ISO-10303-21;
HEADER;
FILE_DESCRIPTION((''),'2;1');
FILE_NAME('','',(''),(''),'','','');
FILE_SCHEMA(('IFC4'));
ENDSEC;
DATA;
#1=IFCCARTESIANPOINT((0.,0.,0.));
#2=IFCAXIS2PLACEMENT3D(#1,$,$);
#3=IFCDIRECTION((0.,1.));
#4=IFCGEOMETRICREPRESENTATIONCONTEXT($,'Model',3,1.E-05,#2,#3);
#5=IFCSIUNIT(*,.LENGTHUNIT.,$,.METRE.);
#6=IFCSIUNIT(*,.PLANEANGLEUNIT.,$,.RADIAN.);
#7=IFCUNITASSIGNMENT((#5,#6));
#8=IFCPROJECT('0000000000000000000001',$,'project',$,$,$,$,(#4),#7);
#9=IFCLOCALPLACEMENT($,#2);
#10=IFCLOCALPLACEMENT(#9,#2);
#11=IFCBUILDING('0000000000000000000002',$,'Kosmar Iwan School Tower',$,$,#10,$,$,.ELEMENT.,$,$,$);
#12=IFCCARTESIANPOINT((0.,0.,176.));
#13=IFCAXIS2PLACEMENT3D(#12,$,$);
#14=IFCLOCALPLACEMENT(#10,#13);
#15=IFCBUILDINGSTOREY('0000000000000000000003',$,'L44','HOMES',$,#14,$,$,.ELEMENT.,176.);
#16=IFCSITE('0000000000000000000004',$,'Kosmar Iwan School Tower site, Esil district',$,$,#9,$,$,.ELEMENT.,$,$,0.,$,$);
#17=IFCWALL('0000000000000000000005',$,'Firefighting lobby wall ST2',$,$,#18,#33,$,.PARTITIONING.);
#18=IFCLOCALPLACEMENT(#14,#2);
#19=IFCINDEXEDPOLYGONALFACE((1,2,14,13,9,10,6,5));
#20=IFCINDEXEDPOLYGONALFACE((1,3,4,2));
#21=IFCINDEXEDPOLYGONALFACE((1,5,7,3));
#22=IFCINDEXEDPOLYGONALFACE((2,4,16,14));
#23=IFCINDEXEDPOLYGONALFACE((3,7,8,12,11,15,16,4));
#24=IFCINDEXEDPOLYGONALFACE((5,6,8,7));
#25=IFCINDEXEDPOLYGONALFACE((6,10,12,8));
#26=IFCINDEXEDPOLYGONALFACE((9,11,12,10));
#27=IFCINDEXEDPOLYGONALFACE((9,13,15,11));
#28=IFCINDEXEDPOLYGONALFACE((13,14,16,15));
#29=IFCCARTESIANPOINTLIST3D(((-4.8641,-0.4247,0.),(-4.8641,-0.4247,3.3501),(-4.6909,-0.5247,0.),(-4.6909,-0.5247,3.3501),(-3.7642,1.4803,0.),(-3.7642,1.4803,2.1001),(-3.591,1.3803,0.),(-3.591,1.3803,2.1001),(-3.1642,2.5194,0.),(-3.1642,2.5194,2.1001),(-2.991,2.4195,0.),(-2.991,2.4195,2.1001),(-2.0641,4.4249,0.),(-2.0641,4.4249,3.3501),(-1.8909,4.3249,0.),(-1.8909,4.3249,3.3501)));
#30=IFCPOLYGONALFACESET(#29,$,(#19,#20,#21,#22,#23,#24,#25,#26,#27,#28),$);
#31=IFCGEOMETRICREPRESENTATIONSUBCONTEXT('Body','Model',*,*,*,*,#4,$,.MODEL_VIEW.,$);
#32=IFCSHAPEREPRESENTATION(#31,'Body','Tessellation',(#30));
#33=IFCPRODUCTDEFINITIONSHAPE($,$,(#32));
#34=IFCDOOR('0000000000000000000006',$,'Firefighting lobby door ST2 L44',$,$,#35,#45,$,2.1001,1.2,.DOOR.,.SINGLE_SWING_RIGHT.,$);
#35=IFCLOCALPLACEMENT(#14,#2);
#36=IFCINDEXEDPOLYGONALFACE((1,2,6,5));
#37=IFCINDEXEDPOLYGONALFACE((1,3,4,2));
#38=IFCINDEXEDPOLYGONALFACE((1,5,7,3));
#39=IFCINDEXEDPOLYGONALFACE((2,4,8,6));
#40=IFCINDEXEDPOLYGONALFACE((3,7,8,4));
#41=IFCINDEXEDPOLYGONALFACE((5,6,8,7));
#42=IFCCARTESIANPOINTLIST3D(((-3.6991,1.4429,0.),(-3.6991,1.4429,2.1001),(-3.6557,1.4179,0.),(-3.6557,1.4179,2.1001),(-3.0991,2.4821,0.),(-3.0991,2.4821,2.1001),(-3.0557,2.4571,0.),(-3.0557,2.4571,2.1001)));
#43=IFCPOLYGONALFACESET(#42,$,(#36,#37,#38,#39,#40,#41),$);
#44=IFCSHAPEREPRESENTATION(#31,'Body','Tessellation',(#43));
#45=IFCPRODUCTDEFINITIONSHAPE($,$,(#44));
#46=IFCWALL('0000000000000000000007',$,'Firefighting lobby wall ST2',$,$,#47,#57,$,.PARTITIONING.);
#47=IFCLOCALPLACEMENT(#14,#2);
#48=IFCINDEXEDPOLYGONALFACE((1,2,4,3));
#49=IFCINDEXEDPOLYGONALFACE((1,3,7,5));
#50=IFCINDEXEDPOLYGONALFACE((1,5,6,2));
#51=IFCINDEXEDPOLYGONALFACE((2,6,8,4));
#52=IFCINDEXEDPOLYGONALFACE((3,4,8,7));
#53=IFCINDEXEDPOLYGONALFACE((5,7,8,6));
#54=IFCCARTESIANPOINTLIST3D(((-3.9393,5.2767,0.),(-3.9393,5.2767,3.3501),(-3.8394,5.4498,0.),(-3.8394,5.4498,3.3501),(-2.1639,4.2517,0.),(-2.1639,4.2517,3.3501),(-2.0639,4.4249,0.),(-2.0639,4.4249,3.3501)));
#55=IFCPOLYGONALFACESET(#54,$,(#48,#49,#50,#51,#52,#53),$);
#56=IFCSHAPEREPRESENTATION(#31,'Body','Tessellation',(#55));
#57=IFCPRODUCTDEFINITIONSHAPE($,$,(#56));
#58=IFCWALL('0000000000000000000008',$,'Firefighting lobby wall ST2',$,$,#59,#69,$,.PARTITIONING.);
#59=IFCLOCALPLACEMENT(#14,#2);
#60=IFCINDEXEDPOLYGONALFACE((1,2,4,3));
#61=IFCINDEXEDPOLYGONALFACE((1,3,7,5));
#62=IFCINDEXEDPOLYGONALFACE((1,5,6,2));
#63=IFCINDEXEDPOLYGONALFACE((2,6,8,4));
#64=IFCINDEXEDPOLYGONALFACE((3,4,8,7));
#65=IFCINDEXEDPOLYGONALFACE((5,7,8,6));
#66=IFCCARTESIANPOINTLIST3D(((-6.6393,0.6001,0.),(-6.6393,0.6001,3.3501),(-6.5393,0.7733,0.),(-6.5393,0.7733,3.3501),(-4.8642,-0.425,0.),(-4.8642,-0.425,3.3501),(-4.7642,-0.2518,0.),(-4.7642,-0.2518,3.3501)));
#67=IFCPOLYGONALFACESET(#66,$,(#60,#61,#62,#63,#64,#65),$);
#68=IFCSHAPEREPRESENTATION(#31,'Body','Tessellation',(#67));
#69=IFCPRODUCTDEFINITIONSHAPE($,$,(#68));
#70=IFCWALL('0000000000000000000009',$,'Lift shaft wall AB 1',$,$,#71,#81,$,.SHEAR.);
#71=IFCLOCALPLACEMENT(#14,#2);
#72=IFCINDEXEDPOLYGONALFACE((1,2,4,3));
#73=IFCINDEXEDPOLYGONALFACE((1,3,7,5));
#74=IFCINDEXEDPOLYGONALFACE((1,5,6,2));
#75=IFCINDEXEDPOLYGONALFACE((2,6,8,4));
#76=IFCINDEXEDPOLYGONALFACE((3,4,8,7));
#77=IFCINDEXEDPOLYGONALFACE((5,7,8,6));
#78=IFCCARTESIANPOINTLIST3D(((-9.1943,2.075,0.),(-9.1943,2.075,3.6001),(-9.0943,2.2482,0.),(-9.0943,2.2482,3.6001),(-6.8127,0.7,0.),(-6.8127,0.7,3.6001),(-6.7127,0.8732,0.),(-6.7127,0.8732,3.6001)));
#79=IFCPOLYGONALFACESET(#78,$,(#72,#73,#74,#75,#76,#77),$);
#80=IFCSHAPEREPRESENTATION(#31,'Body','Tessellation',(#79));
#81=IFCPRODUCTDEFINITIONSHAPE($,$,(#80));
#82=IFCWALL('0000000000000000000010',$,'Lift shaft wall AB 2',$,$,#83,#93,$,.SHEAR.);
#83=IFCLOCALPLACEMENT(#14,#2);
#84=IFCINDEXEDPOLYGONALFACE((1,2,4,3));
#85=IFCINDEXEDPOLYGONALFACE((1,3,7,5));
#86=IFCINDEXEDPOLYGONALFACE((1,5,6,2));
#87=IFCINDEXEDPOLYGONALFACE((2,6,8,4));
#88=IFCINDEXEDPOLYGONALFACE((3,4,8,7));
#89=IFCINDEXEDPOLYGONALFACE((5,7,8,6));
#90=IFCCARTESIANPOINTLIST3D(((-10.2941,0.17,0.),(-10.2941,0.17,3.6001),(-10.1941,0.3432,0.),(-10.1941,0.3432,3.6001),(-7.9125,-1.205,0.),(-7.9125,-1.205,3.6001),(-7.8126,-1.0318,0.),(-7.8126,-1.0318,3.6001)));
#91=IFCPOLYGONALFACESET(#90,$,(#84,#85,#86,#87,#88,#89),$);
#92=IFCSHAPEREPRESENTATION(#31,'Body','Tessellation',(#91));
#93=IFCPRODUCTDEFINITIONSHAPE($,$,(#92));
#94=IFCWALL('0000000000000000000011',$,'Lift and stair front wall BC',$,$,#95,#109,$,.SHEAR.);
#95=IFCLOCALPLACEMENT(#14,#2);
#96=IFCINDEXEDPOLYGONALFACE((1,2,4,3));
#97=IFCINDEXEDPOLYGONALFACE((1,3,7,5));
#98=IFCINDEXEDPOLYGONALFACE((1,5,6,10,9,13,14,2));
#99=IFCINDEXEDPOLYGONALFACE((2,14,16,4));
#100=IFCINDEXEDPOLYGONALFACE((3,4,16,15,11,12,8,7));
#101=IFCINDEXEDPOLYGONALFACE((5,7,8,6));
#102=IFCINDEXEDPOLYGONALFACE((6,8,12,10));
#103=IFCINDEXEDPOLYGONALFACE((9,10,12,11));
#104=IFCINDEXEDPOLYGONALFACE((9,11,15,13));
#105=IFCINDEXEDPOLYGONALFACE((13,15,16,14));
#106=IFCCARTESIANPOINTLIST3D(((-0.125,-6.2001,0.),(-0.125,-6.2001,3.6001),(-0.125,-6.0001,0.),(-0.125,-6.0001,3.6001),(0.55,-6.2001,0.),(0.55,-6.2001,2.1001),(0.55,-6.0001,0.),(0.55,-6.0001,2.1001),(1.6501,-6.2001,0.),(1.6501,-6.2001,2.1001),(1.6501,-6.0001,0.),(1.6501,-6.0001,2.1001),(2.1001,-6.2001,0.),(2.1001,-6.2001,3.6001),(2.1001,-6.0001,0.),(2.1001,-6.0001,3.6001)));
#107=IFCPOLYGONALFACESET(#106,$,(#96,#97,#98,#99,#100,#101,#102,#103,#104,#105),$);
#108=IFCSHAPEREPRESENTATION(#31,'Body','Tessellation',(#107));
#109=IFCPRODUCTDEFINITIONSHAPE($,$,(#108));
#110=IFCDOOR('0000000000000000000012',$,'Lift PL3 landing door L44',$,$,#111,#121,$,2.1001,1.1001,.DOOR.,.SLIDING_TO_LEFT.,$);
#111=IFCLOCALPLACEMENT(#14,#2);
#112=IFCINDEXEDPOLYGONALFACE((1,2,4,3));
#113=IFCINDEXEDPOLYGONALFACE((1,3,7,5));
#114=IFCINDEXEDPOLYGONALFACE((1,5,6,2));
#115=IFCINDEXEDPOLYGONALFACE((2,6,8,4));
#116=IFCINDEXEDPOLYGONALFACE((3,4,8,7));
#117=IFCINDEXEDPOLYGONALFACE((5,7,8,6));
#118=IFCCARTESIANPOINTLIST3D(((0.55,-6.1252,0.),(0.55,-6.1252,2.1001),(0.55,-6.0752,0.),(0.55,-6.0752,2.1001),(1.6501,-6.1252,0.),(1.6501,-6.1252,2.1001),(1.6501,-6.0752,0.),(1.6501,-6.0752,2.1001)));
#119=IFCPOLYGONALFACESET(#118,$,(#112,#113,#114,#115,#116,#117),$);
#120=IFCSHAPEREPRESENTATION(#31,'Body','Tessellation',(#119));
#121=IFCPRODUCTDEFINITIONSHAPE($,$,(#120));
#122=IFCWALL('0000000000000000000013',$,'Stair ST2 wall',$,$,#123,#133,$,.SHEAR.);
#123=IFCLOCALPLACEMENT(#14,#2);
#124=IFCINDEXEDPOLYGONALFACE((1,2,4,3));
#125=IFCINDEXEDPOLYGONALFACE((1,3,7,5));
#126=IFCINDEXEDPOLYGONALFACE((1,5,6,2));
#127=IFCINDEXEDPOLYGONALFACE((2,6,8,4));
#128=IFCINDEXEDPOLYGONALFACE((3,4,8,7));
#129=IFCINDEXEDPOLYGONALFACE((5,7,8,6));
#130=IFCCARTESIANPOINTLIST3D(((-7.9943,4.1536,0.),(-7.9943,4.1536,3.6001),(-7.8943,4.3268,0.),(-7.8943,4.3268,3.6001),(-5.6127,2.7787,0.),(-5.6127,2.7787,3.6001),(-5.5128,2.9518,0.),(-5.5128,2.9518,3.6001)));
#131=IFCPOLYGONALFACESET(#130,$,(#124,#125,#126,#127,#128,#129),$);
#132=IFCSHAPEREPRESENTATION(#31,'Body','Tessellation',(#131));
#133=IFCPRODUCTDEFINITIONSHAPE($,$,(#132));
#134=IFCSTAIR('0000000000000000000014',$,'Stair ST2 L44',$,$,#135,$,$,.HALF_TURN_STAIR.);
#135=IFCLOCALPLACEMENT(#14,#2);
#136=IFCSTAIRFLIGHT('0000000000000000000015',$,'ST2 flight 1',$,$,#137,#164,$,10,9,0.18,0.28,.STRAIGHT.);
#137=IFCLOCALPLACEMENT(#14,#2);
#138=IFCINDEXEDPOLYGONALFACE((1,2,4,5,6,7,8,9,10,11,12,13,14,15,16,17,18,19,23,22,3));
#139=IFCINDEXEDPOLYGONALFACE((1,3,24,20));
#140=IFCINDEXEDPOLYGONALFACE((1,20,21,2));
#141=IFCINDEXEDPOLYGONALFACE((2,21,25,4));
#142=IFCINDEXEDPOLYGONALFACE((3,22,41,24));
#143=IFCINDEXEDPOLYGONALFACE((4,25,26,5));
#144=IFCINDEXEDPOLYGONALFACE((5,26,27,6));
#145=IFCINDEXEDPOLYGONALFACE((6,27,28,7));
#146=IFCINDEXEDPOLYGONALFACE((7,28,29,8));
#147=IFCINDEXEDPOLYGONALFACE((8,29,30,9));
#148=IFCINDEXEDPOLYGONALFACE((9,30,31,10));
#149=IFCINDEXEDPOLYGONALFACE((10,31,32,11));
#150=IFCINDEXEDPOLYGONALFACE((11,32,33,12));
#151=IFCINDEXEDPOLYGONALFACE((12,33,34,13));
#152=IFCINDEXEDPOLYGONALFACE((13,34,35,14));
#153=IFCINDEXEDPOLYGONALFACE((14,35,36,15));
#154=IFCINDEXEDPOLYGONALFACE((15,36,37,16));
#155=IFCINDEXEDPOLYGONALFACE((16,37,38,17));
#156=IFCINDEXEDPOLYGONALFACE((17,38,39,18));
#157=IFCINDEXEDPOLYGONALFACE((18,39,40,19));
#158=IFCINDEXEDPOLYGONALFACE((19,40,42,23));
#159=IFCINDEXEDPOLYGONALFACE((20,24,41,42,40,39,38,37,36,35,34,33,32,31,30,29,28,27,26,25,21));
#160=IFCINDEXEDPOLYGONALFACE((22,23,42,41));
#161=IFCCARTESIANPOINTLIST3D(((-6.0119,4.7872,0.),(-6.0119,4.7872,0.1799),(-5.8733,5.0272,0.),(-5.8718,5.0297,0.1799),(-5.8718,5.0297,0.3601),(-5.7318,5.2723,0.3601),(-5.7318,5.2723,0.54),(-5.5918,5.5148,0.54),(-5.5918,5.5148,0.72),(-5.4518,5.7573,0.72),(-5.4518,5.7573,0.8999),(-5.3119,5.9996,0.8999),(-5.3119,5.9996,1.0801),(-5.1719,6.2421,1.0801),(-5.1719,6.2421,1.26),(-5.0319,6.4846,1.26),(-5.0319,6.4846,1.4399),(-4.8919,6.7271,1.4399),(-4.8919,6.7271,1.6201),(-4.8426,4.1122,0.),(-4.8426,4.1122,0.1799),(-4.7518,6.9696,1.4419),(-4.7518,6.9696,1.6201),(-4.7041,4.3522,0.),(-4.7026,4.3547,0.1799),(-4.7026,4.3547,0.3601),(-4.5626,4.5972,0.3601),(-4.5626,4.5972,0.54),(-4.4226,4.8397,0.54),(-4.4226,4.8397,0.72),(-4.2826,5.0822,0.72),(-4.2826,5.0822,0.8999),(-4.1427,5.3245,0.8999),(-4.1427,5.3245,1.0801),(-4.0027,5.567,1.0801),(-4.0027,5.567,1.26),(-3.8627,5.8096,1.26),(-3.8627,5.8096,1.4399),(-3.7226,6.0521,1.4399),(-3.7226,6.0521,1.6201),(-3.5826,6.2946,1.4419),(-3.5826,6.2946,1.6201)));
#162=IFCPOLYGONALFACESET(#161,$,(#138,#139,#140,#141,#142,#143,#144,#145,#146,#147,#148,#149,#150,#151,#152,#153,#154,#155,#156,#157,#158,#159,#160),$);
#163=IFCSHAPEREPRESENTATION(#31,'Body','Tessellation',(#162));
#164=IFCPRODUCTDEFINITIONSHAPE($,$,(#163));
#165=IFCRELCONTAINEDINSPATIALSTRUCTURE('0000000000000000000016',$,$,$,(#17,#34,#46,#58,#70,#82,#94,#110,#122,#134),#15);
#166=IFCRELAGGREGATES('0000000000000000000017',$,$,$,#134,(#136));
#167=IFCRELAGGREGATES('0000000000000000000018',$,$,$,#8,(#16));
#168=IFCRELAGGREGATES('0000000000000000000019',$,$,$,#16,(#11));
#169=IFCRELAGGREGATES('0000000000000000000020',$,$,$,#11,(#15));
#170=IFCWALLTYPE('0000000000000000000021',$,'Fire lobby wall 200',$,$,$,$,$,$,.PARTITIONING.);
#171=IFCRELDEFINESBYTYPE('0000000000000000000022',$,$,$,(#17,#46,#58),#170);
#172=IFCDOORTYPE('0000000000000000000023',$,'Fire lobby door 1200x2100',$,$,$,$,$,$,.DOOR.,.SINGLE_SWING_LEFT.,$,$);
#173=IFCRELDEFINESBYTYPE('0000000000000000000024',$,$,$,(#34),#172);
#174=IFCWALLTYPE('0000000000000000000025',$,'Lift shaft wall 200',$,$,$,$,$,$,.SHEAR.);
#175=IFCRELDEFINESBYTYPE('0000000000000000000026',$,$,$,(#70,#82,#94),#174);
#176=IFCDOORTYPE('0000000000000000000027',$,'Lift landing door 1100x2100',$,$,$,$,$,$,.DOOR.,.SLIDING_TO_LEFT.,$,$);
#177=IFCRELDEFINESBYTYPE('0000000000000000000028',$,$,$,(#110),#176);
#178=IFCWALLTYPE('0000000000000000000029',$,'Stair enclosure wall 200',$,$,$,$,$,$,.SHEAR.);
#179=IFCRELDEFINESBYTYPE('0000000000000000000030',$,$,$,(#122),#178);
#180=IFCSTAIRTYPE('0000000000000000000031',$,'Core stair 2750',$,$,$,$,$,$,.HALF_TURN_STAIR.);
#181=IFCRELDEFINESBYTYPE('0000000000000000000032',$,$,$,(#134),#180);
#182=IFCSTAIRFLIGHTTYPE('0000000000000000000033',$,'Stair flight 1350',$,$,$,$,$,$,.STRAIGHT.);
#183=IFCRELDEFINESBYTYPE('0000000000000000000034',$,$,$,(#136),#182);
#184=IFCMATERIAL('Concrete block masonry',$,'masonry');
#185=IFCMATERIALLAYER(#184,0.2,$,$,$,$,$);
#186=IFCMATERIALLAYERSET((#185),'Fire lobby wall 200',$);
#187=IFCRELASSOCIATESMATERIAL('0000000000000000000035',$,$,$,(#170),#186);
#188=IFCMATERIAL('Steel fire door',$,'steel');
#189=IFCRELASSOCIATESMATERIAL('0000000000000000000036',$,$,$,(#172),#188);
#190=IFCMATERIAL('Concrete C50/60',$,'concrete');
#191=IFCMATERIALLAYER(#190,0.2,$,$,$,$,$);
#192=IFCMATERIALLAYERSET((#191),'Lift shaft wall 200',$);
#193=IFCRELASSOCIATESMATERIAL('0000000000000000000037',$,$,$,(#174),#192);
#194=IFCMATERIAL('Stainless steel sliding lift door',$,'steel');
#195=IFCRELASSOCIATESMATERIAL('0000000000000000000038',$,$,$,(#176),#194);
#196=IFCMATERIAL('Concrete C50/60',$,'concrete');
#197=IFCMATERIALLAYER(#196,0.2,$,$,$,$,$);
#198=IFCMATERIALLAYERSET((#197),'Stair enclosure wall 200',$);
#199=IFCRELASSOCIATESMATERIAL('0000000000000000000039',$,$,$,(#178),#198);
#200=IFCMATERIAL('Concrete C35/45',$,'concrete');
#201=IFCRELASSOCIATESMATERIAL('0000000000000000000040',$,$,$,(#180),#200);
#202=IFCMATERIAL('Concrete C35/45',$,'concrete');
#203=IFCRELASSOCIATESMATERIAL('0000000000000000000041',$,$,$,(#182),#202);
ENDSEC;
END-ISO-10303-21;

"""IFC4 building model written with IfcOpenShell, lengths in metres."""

from ifc_helpers import new_model, si_unit, direction, frame, frame_2d, origin, place, context, subcontext, project, spatial, polyline, rectangle, outline, extrude, material, layer, layer_set, type_object, element, fill, aggregate, save


model = new_model("IFC4")

# Units and contexts
model_context = context("Model", 3, precision=1e-05, world=origin(), true_north=direction((0.0, 1.0)))
body_context = subcontext(model_context, "Body", "Model", "MODEL_VIEW")
ifc_project = project(units=[si_unit("LENGTHUNIT", "METRE"), si_unit("PLANEANGLEUNIT", "RADIAN")], contexts=[model_context])

# Site, building, storey
site_placement = place(None, origin())
site = spatial("IfcSite", under=ifc_project, at=site_placement, Name="Kosmar Iwan School Tower site, Esil district", CompositionType="ELEMENT", RefElevation=0.0)
building_placement = place(site_placement, origin())
building = spatial("IfcBuilding", under=site, at=building_placement, Name="Kosmar Iwan School Tower", CompositionType="ELEMENT")
storey_placement = place(building_placement, frame((0.0, 0.0, 176.0)))
storey = spatial("IfcBuildingStorey", under=building, at=storey_placement, Name="L44", Description="HOMES", CompositionType="ELEMENT", Elevation=176.0)

# Wall, opening, door
ifc_material_1 = material(Name="Concrete block masonry", Category="masonry")
ifc_layer_1 = layer(ifc_material_1, 0.2)
ifc_layer_set_1 = layer_set([ifc_layer_1], Name="Fire lobby wall 200")
wall_type_1 = type_object("IfcWallType", Name="Fire lobby wall 200", PredefinedType="PARTITIONING", material=ifc_layer_set_1)
wall_1_placement = place(storey_placement, frame((-1.9775, 4.3748, 0.0), z_axis=(0.0, 0.0, 1.0), x_axis=(-0.500017, -0.866016, 0.0)))
wall_1 = element("IfcWall", 1, at=wall_1_placement, inside=storey, type_object=wall_type_1, Name="Firefighting lobby wall ST2", PredefinedType="PARTITIONING", context=body_context, shape_type="SweptSolid", body=[
    extrude(rectangle(XDim=5.5999, YDim=0.2, at=frame_2d((2.7998, 0.0))), origin(), (0.0, 0.0, 1.0), 3.3501),
])
opening_1_placement = place(wall_1_placement, frame((2.2, 0.0, 0.0)))
opening_1 = element("IfcOpeningElement", 2, at=opening_1_placement, cuts=wall_1, PredefinedType="OPENING", context=body_context, shape_type="SweptSolid", body=[
    extrude(rectangle(XDim=1.2, YDim=2.1001, at=frame_2d((0.6001, 1.05))), frame((0.0, 0.1121, 0.0), z_axis=(0.0, -1.0, 0.0), x_axis=(1.0, 0.0, 0.0)), (0.0, 0.0, 1.0), 0.2239),
])
ifc_material_2 = material(Name="Steel fire door", Category="steel")
door_type_1 = type_object("IfcDoorType", Name="Fire lobby door 1200x2100", OperationType="SINGLE_SWING_LEFT", PredefinedType="DOOR", material=ifc_material_2)
door_1_placement = place(opening_1_placement, frame((1.2, 0.0, 0.0), z_axis=(0.0, 0.0, 1.0), x_axis=(-1.0, 0.0, 0.0)))
door_1 = element("IfcDoor", 3, at=door_1_placement, inside=storey, type_object=door_type_1, Name="Firefighting lobby door ST2 L44", OperationType="SINGLE_SWING_RIGHT", OverallHeight=2.1001, OverallWidth=1.2, PredefinedType="DOOR", context=body_context, shape_type="SweptSolid", body=[
    extrude(rectangle(XDim=1.2, YDim=2.1001, at=frame_2d((0.6001, 1.05))), frame((0.0, 0.0249, 0.0), z_axis=(0.0, -1.0, 0.0), x_axis=(1.0, 0.0, 0.0)), (0.0, 0.0, 1.0), 0.05),
])
fill(opening_1, door_1)

# Walls
wall_2_placement = place(storey_placement, frame((-2.114, 4.3384, 0.0), z_axis=(0.0, 0.0, 1.0), x_axis=(-0.866051, 0.499956, 0.0)))
element("IfcWall", 4, at=wall_2_placement, inside=storey, type_object=wall_type_1, Name="Firefighting lobby wall ST2", PredefinedType="PARTITIONING", context=body_context, shape_type="SweptSolid", body=[
    extrude(rectangle(XDim=2.05, YDim=0.2, at=frame_2d((1.0249, 0.0))), origin(), (0.0, 0.0, 1.0), 3.3501),
])
wall_3_placement = place(storey_placement, frame((-4.8142, -0.3384, 0.0), z_axis=(0.0, 0.0, 1.0), x_axis=(-0.865969, 0.500097, 0.0)))
element("IfcWall", 5, at=wall_3_placement, inside=storey, type_object=wall_type_1, Name="Firefighting lobby wall ST2", PredefinedType="PARTITIONING", context=body_context, shape_type="SweptSolid", body=[
    extrude(rectangle(XDim=2.0498, YDim=0.2, at=frame_2d((1.0249, 0.0))), origin(), (0.0, 0.0, 1.0), 3.3501),
])
ifc_material_3 = material(Name="Concrete C50/60", Category="concrete")
ifc_layer_2 = layer(ifc_material_3, 0.2)
ifc_layer_set_2 = layer_set([ifc_layer_2], Name="Lift shaft wall 200")
wall_type_2 = type_object("IfcWallType", Name="Lift shaft wall 200", PredefinedType="SHEAR", material=ifc_layer_set_2)
for number, where, z_axis, x_axis, name in (
    (6, (-6.7627, 0.7866, 0.0), (0.0, 0.0, 1.0), (-0.866027, 0.499997, 0.0), "Lift shaft wall AB 1"),
    (7, (-7.8625, -1.1184, 0.0), (0.0, 0.0, 1.0), (-0.866027, 0.499997, 0.0), "Lift shaft wall AB 2"),
):
    element("IfcWall", number, at=place(storey_placement, frame(where, z_axis=z_axis, x_axis=x_axis)), inside=storey, type_object=wall_type_2, Name=name, PredefinedType="SHEAR", context=body_context, shape_type="SweptSolid", body=[
        extrude(rectangle(XDim=2.75, YDim=0.2, at=frame_2d((1.375, 0.0))), origin(), (0.0, 0.0, 1.0), 3.6001),
    ])

# Wall, opening, door
wall_4_placement = place(storey_placement, frame((-0.125, -6.1001, 0.0), z_axis=(0.0, 0.0, 1.0), x_axis=(1.0, 0.0, 0.0)))
wall_4 = element("IfcWall", 8, at=wall_4_placement, inside=storey, type_object=wall_type_2, Name="Lift and stair front wall BC", PredefinedType="SHEAR", context=body_context, shape_type="SweptSolid", body=[
    extrude(rectangle(XDim=2.2251, YDim=0.2, at=frame_2d((1.1125, 0.0))), origin(), (0.0, 0.0, 1.0), 3.6001),
])
opening_2_placement = place(wall_4_placement, frame((0.675, 0.0, 0.0)))
opening_2 = element("IfcOpeningElement", 9, at=opening_2_placement, cuts=wall_4, PredefinedType="OPENING", context=body_context, shape_type="SweptSolid", body=[
    extrude(rectangle(XDim=1.1001, YDim=2.1001, at=frame_2d((0.55, 1.05))), frame((0.0, 0.1121, 0.0), z_axis=(0.0, -1.0, 0.0), x_axis=(1.0, 0.0, 0.0)), (0.0, 0.0, 1.0), 0.2239),
])
ifc_material_4 = material(Name="Stainless steel sliding lift door", Category="steel")
door_type_2 = type_object("IfcDoorType", Name="Lift landing door 1100x2100", OperationType="SLIDING_TO_LEFT", PredefinedType="DOOR", material=ifc_material_4)
door_2_placement = place(opening_2_placement, origin())
door_2 = element("IfcDoor", 10, at=door_2_placement, inside=storey, type_object=door_type_2, Name="Lift PL3 landing door L44", OperationType="SLIDING_TO_LEFT", OverallHeight=2.1001, OverallWidth=1.1001, PredefinedType="DOOR", context=body_context, shape_type="SweptSolid", body=[
    extrude(rectangle(XDim=1.1001, YDim=2.1001, at=frame_2d((0.55, 1.05))), frame((0.0, 0.0249, 0.0), z_axis=(0.0, -1.0, 0.0), x_axis=(1.0, 0.0, 0.0)), (0.0, 0.0, 1.0), 0.05),
])
fill(opening_2, door_2)

# Wall
ifc_material_5 = material(Name="Concrete C50/60", Category="concrete")
ifc_layer_3 = layer(ifc_material_5, 0.2)
ifc_layer_set_3 = layer_set([ifc_layer_3], Name="Stair enclosure wall 200")
wall_type_3 = type_object("IfcWallType", Name="Stair enclosure wall 200", PredefinedType="SHEAR", material=ifc_layer_set_3)
wall_5_placement = place(storey_placement, frame((-5.5627, 2.8652, 0.0), z_axis=(0.0, 0.0, 1.0), x_axis=(-0.866027, 0.499997, 0.0)))
element("IfcWall", 11, at=wall_5_placement, inside=storey, type_object=wall_type_3, Name="Stair ST2 wall", PredefinedType="SHEAR", context=body_context, shape_type="SweptSolid", body=[
    extrude(rectangle(XDim=2.75, YDim=0.2, at=frame_2d((1.375, 0.0))), origin(), (0.0, 0.0, 1.0), 3.6001),
])

# Stair, stair flight
ifc_material_6 = material(Name="Concrete C35/45", Category="concrete")
stair_type = type_object("IfcStairType", Name="Core stair 2750", PredefinedType="HALF_TURN_STAIR", material=ifc_material_6)
stair_placement = place(storey_placement, origin())
stair = element("IfcStair", 12, at=stair_placement, inside=storey, type_object=stair_type, Name="Stair ST2 L44", PredefinedType="HALF_TURN_STAIR")
ifc_material_7 = material(Name="Concrete C35/45", Category="concrete")
stair_flight_type = type_object("IfcStairFlightType", Name="Stair flight 1350", PredefinedType="STRAIGHT", material=ifc_material_7)
stair_flight_placement = place(storey_placement, frame((-5.4272, 4.4497, 0.0), z_axis=(0.0, 0.0, 1.0), x_axis=(0.5, 0.866025, 0.0)))
stair_flight = element("IfcStairFlight", 13, at=stair_flight_placement, type_object=stair_flight_type, Name="ST2 flight 1", NumberOfRisers=10, NumberOfTreads=9, PredefinedType="STRAIGHT", RiserHeight=0.18, TreadLength=0.28, context=body_context, shape_type="SweptSolid", body=[
    extrude(outline(polyline([(0.0, 0.0), (0.0, 0.1799), (0.28, 0.1799), (0.28, 0.3601), (0.5601, 0.3601), (0.5601, 0.54), (0.8401, 0.54), (0.8401, 0.72), (1.1201, 0.72), (1.1201, 0.8999), (1.3999, 0.8999), (1.3999, 1.0801), (1.6799, 1.0801), (1.6799, 1.26), (1.96, 1.26), (1.96, 1.4399), (2.24, 1.4399), (2.24, 1.6201), (2.52, 1.6201), (2.52, 1.8), (2.52, 1.4419), (0.2771, 0.0), (0.0, 0.0)])), frame((0.0, 0.675, 0.0), z_axis=(0.0, -1.0, 0.0), x_axis=(1.0, 0.0, 0.0)), (0.0, 0.0, 1.0), 1.3501),
])
aggregate(stair, [stair_flight])

save(model, "model.ifc")
